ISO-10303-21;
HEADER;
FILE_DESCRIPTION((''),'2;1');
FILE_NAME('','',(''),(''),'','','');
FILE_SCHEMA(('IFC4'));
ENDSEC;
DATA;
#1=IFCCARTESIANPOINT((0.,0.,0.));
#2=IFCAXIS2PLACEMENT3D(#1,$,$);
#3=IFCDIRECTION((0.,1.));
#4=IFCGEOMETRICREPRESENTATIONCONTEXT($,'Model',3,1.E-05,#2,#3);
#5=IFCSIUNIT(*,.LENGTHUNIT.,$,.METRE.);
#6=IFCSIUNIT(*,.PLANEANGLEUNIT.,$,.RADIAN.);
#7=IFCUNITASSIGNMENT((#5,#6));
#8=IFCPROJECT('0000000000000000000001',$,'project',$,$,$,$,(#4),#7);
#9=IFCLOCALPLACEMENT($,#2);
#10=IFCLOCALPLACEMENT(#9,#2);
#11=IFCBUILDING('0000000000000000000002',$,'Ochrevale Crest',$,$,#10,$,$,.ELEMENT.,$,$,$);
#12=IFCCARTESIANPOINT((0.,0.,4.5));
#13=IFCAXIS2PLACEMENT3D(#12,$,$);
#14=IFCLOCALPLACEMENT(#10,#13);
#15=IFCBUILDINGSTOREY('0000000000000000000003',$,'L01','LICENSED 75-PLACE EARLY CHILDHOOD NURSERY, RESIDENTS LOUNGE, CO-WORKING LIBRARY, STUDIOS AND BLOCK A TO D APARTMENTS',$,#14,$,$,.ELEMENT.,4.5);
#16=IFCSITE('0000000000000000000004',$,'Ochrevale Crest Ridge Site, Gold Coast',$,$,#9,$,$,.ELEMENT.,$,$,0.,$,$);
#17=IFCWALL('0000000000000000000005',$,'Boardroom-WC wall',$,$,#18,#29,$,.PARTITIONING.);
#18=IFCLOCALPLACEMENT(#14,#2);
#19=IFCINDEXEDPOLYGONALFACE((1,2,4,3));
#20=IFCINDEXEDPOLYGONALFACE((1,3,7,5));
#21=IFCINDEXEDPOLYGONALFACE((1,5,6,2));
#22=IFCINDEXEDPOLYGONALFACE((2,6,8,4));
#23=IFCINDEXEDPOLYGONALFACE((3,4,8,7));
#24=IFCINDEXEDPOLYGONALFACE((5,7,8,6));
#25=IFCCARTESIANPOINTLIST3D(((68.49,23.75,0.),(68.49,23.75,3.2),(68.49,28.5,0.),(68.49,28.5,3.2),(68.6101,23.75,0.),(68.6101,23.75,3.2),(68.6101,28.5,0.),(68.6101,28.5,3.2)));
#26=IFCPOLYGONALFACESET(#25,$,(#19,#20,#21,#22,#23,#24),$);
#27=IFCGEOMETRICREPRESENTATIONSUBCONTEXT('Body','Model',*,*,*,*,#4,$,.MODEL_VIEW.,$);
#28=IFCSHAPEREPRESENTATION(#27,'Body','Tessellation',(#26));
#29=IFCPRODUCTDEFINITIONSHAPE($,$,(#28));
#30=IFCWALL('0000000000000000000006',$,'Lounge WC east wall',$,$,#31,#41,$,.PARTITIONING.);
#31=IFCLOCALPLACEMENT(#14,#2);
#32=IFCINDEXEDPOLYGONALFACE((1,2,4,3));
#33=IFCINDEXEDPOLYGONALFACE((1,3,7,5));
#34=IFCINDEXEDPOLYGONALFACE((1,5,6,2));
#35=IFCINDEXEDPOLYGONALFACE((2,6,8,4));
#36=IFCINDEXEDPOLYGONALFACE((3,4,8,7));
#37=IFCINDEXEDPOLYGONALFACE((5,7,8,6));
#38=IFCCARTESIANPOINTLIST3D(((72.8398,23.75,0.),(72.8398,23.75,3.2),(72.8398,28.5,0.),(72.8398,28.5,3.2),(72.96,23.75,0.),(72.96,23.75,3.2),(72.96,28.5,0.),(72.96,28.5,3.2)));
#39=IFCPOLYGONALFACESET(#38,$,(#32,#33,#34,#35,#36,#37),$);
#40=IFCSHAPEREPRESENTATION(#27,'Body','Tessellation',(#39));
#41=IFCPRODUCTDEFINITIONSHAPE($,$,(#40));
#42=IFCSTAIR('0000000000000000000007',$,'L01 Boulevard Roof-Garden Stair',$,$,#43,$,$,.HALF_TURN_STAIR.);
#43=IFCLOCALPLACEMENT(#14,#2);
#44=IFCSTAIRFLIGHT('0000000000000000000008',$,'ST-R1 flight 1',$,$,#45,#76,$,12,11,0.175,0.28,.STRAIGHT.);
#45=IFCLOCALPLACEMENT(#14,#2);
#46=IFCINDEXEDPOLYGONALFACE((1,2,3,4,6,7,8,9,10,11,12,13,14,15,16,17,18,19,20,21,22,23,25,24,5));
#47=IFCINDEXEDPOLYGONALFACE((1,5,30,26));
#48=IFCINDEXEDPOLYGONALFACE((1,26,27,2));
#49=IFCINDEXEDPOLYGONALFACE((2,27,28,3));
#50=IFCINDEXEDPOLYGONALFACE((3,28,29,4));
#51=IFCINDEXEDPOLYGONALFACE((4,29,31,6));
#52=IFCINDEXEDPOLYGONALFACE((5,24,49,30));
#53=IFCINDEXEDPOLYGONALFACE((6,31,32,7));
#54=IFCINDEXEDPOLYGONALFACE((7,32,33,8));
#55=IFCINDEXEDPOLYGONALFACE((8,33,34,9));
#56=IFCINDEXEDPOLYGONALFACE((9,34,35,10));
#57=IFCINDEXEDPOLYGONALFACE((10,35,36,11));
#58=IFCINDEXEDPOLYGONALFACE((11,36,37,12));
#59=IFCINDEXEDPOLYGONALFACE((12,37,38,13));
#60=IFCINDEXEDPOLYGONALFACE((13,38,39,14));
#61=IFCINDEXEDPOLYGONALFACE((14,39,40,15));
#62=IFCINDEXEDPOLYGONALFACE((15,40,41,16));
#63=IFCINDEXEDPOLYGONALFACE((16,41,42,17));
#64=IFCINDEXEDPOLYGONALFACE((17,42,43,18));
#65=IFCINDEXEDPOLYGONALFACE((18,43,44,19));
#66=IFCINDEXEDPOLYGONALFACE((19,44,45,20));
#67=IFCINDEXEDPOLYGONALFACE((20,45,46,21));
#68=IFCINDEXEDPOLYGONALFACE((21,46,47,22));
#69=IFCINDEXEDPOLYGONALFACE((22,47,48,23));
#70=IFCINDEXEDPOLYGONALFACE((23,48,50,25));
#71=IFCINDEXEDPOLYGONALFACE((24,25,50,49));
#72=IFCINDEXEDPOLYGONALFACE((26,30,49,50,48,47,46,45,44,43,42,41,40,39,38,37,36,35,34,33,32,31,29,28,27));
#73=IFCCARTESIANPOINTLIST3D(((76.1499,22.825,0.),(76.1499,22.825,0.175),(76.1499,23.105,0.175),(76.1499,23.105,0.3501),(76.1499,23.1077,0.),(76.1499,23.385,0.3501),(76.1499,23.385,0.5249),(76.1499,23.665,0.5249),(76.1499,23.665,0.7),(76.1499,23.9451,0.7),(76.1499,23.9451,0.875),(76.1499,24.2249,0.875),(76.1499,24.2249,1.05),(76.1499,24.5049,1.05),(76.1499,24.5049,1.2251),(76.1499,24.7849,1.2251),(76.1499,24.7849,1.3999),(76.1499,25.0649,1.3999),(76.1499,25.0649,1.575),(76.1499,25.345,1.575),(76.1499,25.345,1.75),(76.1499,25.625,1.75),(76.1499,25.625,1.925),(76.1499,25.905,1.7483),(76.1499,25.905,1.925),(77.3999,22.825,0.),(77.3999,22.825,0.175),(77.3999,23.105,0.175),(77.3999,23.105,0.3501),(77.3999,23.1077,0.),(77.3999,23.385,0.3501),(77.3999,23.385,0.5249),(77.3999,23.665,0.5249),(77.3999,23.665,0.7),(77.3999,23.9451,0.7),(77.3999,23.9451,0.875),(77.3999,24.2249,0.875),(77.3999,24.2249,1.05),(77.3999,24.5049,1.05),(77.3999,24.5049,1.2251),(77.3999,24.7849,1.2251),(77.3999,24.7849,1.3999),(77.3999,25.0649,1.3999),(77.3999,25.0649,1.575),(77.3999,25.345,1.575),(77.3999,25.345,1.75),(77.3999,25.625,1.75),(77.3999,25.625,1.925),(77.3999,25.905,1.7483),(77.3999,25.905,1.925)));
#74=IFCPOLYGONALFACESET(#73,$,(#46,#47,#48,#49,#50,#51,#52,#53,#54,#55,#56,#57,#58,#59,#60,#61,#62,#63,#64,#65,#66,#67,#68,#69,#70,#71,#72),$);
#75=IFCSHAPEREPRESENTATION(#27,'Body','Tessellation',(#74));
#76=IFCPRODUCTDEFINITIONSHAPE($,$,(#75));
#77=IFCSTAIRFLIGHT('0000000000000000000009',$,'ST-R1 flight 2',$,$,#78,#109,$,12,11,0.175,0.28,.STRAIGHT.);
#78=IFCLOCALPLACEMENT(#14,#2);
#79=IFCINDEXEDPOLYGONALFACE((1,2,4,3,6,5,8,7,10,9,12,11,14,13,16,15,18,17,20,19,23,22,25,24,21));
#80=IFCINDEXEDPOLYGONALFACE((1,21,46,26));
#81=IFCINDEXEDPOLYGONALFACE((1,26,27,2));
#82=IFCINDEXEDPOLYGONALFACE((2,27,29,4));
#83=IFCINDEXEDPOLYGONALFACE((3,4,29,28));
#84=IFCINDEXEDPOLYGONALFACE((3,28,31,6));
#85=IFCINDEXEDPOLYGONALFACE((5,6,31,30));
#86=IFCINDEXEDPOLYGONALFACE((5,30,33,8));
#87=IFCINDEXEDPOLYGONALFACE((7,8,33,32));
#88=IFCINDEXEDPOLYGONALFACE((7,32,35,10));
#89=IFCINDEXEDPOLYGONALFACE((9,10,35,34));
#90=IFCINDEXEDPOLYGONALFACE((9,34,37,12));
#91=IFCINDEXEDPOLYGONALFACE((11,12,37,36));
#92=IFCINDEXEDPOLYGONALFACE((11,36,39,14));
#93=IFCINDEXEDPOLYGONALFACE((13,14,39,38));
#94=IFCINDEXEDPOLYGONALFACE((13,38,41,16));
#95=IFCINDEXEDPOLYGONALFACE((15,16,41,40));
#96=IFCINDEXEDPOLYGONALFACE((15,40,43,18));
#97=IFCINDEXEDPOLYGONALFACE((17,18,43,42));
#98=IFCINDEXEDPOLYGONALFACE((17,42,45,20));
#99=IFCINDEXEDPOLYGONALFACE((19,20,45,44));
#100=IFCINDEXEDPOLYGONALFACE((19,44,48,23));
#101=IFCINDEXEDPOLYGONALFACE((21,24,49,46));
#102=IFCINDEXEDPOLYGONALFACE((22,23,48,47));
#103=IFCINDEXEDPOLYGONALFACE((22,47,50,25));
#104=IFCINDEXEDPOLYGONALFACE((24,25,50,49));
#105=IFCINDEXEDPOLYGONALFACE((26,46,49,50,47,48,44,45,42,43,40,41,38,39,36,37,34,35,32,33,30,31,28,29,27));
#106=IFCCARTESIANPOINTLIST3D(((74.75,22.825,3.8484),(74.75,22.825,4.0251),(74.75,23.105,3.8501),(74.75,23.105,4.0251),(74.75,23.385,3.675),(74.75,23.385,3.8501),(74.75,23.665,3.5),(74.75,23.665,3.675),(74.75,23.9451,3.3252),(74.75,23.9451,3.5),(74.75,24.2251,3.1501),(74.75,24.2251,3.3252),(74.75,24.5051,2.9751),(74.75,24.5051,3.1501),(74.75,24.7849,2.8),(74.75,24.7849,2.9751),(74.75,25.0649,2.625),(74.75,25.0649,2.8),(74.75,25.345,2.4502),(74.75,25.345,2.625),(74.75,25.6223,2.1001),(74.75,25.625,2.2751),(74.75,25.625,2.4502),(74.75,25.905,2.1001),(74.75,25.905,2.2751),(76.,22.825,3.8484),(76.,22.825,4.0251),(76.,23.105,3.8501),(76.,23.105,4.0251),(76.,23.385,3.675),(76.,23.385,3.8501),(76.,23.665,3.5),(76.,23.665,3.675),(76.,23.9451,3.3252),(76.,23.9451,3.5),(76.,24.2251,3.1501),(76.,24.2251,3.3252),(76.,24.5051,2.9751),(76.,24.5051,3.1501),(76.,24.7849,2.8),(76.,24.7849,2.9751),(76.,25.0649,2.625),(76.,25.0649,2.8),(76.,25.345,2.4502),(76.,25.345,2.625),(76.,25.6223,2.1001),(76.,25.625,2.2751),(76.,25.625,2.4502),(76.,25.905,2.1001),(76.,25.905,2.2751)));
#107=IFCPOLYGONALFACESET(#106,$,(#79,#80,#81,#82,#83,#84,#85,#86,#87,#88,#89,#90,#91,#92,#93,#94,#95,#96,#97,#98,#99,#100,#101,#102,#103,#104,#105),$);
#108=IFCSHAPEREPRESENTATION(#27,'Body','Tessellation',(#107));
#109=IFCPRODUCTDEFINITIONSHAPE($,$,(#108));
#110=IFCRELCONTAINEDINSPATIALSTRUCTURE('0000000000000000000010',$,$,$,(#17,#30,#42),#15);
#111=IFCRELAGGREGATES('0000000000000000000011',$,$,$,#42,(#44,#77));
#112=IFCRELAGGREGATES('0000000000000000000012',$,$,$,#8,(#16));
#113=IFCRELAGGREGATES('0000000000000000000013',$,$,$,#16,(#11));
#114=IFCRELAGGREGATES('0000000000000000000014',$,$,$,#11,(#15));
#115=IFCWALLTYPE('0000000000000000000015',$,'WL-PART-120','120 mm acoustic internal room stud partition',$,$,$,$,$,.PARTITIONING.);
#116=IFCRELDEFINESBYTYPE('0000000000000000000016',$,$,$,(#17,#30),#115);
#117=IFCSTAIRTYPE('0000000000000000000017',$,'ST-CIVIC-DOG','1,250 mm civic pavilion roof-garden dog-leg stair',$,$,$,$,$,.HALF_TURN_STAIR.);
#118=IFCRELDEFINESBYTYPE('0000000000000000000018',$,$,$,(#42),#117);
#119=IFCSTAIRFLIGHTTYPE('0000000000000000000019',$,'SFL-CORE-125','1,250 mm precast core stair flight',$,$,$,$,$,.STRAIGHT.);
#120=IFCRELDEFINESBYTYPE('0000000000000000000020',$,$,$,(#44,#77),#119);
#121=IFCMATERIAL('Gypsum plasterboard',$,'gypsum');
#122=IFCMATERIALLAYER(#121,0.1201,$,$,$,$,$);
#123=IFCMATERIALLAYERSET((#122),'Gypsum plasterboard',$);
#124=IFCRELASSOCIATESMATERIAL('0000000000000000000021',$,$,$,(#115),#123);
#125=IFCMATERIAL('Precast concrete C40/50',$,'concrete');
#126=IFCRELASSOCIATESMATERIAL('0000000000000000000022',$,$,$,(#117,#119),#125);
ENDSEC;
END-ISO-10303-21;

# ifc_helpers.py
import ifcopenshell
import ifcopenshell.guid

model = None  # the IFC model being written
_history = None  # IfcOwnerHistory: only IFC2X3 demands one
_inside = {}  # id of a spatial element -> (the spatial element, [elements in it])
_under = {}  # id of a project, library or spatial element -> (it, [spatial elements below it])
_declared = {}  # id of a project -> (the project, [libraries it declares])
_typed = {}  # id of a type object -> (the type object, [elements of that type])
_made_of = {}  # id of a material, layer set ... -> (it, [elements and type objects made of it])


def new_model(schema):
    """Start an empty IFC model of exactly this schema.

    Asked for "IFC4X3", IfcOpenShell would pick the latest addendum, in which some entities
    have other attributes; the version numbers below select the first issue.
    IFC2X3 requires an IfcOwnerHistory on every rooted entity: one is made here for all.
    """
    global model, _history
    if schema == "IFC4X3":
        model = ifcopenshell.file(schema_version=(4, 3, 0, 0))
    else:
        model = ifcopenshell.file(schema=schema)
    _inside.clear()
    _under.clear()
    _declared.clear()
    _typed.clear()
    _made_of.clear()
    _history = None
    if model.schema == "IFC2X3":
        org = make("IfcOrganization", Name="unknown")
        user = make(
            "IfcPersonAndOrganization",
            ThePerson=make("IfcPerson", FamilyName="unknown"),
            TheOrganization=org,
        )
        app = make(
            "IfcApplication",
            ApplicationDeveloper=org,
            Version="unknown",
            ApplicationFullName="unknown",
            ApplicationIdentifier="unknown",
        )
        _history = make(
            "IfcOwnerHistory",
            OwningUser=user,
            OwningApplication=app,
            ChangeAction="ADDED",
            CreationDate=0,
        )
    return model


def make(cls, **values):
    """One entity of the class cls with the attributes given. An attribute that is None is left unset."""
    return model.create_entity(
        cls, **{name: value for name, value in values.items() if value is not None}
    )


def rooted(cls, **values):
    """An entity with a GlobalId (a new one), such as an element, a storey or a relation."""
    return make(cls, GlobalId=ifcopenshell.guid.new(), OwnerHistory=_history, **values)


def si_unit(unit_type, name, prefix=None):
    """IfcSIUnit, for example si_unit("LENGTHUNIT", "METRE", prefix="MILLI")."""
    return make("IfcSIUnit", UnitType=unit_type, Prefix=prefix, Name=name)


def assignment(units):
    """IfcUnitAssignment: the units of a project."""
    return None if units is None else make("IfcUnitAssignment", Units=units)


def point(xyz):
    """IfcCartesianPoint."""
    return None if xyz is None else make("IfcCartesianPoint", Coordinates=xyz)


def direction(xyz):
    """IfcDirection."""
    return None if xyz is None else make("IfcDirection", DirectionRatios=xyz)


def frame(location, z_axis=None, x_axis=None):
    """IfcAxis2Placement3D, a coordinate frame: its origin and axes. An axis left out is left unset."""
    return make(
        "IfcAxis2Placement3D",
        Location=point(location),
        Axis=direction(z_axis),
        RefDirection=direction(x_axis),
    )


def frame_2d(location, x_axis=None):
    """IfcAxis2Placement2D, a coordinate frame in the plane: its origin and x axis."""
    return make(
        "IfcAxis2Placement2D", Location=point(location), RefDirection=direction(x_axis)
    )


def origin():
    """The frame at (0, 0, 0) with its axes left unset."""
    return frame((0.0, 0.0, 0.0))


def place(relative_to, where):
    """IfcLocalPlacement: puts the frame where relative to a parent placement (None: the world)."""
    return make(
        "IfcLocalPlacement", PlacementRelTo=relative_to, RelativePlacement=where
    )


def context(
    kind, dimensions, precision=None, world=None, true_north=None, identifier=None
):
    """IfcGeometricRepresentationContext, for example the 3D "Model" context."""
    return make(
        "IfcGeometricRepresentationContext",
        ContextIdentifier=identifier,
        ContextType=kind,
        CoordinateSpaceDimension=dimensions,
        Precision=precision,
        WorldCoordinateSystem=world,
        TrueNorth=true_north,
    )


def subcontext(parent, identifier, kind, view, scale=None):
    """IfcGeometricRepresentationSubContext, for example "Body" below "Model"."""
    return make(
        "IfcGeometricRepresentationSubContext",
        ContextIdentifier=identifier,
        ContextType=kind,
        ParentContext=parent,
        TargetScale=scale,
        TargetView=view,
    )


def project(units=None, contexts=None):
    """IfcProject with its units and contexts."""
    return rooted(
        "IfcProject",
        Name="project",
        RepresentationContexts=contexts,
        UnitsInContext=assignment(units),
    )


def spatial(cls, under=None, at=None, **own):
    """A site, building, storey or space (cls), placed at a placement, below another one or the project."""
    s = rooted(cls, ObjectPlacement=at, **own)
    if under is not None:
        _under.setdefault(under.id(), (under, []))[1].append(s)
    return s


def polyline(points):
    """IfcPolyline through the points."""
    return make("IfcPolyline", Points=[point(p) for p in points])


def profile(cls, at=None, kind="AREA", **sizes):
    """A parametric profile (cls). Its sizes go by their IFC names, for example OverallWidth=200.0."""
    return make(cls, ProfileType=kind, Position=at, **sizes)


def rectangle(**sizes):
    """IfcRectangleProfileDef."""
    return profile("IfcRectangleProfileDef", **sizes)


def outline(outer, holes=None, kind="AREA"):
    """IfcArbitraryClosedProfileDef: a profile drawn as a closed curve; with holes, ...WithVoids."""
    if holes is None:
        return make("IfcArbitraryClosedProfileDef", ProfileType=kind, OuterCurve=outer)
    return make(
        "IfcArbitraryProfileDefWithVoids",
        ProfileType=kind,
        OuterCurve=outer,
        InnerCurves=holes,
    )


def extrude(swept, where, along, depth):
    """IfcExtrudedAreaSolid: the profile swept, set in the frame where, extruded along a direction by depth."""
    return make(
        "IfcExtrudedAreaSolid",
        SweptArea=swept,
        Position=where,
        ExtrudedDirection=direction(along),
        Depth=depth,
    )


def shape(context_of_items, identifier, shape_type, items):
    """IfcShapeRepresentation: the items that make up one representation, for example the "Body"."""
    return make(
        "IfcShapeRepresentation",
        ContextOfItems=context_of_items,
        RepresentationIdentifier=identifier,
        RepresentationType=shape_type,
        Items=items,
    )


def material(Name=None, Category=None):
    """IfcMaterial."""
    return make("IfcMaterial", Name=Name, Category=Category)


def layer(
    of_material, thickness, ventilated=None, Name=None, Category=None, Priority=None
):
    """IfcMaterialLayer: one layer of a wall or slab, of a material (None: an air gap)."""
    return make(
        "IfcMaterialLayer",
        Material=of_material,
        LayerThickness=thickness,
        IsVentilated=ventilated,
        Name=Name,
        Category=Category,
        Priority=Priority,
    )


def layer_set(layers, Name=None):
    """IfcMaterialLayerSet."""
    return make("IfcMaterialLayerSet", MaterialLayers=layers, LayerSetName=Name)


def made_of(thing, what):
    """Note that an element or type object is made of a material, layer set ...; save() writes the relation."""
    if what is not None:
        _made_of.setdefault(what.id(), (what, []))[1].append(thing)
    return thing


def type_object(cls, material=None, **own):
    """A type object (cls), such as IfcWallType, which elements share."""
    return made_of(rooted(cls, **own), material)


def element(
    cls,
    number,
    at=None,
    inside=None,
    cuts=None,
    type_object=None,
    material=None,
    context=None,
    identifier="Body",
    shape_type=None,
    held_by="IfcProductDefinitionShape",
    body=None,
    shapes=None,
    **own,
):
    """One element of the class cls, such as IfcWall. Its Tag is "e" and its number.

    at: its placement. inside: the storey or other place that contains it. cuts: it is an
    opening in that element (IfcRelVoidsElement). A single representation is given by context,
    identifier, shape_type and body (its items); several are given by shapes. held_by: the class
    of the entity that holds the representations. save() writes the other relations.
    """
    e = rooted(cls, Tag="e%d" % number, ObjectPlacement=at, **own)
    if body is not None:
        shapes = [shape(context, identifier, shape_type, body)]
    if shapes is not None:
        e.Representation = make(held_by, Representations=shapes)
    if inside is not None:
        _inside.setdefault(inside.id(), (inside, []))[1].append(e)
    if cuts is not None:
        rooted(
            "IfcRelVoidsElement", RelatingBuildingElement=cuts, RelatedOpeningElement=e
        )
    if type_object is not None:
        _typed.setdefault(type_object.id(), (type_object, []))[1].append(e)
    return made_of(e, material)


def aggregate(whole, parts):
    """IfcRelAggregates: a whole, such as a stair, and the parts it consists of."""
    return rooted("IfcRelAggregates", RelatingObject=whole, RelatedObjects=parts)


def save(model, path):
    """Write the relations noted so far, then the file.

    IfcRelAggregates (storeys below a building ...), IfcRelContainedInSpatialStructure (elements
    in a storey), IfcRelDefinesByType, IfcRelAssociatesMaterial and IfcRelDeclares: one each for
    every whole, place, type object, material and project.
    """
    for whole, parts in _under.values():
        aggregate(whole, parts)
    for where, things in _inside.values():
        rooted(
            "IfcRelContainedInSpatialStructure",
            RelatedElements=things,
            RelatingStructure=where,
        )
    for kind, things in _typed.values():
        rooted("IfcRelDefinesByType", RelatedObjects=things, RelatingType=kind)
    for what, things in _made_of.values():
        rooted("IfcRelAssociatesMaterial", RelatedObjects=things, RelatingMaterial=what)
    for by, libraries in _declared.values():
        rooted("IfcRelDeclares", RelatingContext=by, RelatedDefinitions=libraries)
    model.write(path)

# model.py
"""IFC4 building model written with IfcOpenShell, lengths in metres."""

from ifc_helpers import new_model, si_unit, direction, frame, frame_2d, origin, place, context, subcontext, project, spatial, polyline, rectangle, outline, extrude, material, layer, layer_set, type_object, element, aggregate, save


model = new_model("IFC4")

# Units and contexts
model_context = context("Model", 3, precision=1e-05, world=origin(), true_north=direction((0.0, 1.0)))
body_context = subcontext(model_context, "Body", "Model", "MODEL_VIEW")
ifc_project = project(units=[si_unit("LENGTHUNIT", "METRE"), si_unit("PLANEANGLEUNIT", "RADIAN")], contexts=[model_context])

# Site, building, storey
site_placement = place(None, origin())
site = spatial("IfcSite", under=ifc_project, at=site_placement, Name="Ochrevale Crest Ridge Site, Gold Coast", CompositionType="ELEMENT", RefElevation=0.0)
building_placement = place(site_placement, origin())
building = spatial("IfcBuilding", under=site, at=building_placement, Name="Ochrevale Crest", CompositionType="ELEMENT")
storey_placement = place(building_placement, frame((0.0, 0.0, 4.5)))
storey = spatial("IfcBuildingStorey", under=building, at=storey_placement, Name="L01", Description="LICENSED 75-PLACE EARLY CHILDHOOD NURSERY, RESIDENTS LOUNGE, CO-WORKING LIBRARY, STUDIOS AND BLOCK A TO D APARTMENTS", CompositionType="ELEMENT", Elevation=4.5)

# Walls
ifc_material_1 = material(Name="Gypsum plasterboard", Category="gypsum")
ifc_layer_1 = layer(ifc_material_1, 0.1201)
ifc_layer_set_1 = layer_set([ifc_layer_1], Name="Gypsum plasterboard")
wall_type_1 = type_object("IfcWallType", Name="WL-PART-120", Description="120 mm acoustic internal room stud partition", PredefinedType="PARTITIONING", material=ifc_layer_set_1)
for number, where, z_axis, x_axis, name in (
    (1, (68.55, 23.75, 0.0), (0.0, 0.0, 1.0), (0.0, 1.0, 0.0), "Boardroom-WC wall"),
    (2, (72.8999, 23.75, 0.0), (0.0, 0.0, 1.0), (0.0, 1.0, 0.0), "Lounge WC east wall"),
):
    element("IfcWall", number, at=place(storey_placement, frame(where, z_axis=z_axis, x_axis=x_axis)), inside=storey, type_object=wall_type_1, Name=name, PredefinedType="PARTITIONING", context=body_context, shape_type="SweptSolid", body=[
        extrude(rectangle(XDim=4.75, YDim=0.1201, at=frame_2d((2.375, 0.0))), origin(), (0.0, 0.0, 1.0), 3.2),
    ])

# Stair, stair flights
ifc_material_2 = material(Name="Precast concrete C40/50", Category="concrete")
stair_type = type_object("IfcStairType", Name="ST-CIVIC-DOG", Description="1,250 mm civic pavilion roof-garden dog-leg stair", PredefinedType="HALF_TURN_STAIR", material=ifc_material_2)
stair_placement = place(storey_placement, origin())
stair = element("IfcStair", 3, at=stair_placement, inside=storey, type_object=stair_type, Name="L01 Boulevard Roof-Garden Stair", PredefinedType="HALF_TURN_STAIR")
stair_flight_type = type_object("IfcStairFlightType", Name="SFL-CORE-125", Description="1,250 mm precast core stair flight", PredefinedType="STRAIGHT", material=ifc_material_2)
stair_flight_1_placement = place(storey_placement, frame((76.7749, 22.825, 0.0), z_axis=(0.0, 0.0, 1.0), x_axis=(0.0, 1.0, 0.0)))
stair_flight_1 = element("IfcStairFlight", 4, at=stair_flight_1_placement, type_object=stair_flight_type, Name="ST-R1 flight 1", NumberOfRisers=12, NumberOfTreads=11, PredefinedType="STRAIGHT", RiserHeight=0.175, TreadLength=0.28, context=body_context, shape_type="SweptSolid", body=[
    extrude(outline(polyline([(0.0, 0.0), (0.0, 0.175), (0.28, 0.175), (0.28, 0.3501), (0.5601, 0.3501), (0.5601, 0.5249), (0.8401, 0.5249), (0.8401, 0.7), (1.1201, 0.7), (1.1201, 0.875), (1.3999, 0.875), (1.3999, 1.05), (1.6799, 1.05), (1.6799, 1.2251), (1.96, 1.2251), (1.96, 1.3999), (2.24, 1.3999), (2.24, 1.575), (2.52, 1.575), (2.52, 1.75), (2.8, 1.75), (2.8, 1.925), (3.0801, 1.925), (3.0801, 2.1001), (3.0801, 1.7483), (0.2827, 0.0), (0.0, 0.0)])), frame((0.0, 0.625, 0.0), z_axis=(0.0, -1.0, 0.0), x_axis=(1.0, 0.0, 0.0)), (0.0, 0.0, 1.0), 1.25),
])
stair_flight_2_placement = place(storey_placement, frame((75.375, 25.905, 2.1001), z_axis=(0.0, 0.0, 1.0), x_axis=(0.0, -1.0, 0.0)))
stair_flight_2 = element("IfcStairFlight", 5, at=stair_flight_2_placement, type_object=stair_flight_type, Name="ST-R1 flight 2", NumberOfRisers=12, NumberOfTreads=11, PredefinedType="STRAIGHT", RiserHeight=0.175, TreadLength=0.28, context=body_context, shape_type="SweptSolid", body=[
    extrude(outline(polyline([(0.0, 0.0), (0.0, 0.175), (0.28, 0.175), (0.28, 0.3501), (0.5601, 0.3501), (0.5601, 0.5249), (0.8401, 0.5249), (0.8401, 0.7), (1.1201, 0.7), (1.1201, 0.875), (1.3999, 0.875), (1.3999, 1.05), (1.6799, 1.05), (1.6799, 1.2251), (1.96, 1.2251), (1.96, 1.3999), (2.24, 1.3999), (2.24, 1.575), (2.52, 1.575), (2.52, 1.75), (2.8, 1.75), (2.8, 1.925), (3.0801, 1.925), (3.0801, 2.1001), (3.0801, 1.7483), (0.2827, 0.0), (0.0, 0.0)])), frame((0.0, 0.625, 0.0), z_axis=(0.0, -1.0, 0.0), x_axis=(1.0, 0.0, 0.0)), (0.0, 0.0, 1.0), 1.25),
])
aggregate(stair, [stair_flight_1, stair_flight_2])

save(model, "model.ifc")
